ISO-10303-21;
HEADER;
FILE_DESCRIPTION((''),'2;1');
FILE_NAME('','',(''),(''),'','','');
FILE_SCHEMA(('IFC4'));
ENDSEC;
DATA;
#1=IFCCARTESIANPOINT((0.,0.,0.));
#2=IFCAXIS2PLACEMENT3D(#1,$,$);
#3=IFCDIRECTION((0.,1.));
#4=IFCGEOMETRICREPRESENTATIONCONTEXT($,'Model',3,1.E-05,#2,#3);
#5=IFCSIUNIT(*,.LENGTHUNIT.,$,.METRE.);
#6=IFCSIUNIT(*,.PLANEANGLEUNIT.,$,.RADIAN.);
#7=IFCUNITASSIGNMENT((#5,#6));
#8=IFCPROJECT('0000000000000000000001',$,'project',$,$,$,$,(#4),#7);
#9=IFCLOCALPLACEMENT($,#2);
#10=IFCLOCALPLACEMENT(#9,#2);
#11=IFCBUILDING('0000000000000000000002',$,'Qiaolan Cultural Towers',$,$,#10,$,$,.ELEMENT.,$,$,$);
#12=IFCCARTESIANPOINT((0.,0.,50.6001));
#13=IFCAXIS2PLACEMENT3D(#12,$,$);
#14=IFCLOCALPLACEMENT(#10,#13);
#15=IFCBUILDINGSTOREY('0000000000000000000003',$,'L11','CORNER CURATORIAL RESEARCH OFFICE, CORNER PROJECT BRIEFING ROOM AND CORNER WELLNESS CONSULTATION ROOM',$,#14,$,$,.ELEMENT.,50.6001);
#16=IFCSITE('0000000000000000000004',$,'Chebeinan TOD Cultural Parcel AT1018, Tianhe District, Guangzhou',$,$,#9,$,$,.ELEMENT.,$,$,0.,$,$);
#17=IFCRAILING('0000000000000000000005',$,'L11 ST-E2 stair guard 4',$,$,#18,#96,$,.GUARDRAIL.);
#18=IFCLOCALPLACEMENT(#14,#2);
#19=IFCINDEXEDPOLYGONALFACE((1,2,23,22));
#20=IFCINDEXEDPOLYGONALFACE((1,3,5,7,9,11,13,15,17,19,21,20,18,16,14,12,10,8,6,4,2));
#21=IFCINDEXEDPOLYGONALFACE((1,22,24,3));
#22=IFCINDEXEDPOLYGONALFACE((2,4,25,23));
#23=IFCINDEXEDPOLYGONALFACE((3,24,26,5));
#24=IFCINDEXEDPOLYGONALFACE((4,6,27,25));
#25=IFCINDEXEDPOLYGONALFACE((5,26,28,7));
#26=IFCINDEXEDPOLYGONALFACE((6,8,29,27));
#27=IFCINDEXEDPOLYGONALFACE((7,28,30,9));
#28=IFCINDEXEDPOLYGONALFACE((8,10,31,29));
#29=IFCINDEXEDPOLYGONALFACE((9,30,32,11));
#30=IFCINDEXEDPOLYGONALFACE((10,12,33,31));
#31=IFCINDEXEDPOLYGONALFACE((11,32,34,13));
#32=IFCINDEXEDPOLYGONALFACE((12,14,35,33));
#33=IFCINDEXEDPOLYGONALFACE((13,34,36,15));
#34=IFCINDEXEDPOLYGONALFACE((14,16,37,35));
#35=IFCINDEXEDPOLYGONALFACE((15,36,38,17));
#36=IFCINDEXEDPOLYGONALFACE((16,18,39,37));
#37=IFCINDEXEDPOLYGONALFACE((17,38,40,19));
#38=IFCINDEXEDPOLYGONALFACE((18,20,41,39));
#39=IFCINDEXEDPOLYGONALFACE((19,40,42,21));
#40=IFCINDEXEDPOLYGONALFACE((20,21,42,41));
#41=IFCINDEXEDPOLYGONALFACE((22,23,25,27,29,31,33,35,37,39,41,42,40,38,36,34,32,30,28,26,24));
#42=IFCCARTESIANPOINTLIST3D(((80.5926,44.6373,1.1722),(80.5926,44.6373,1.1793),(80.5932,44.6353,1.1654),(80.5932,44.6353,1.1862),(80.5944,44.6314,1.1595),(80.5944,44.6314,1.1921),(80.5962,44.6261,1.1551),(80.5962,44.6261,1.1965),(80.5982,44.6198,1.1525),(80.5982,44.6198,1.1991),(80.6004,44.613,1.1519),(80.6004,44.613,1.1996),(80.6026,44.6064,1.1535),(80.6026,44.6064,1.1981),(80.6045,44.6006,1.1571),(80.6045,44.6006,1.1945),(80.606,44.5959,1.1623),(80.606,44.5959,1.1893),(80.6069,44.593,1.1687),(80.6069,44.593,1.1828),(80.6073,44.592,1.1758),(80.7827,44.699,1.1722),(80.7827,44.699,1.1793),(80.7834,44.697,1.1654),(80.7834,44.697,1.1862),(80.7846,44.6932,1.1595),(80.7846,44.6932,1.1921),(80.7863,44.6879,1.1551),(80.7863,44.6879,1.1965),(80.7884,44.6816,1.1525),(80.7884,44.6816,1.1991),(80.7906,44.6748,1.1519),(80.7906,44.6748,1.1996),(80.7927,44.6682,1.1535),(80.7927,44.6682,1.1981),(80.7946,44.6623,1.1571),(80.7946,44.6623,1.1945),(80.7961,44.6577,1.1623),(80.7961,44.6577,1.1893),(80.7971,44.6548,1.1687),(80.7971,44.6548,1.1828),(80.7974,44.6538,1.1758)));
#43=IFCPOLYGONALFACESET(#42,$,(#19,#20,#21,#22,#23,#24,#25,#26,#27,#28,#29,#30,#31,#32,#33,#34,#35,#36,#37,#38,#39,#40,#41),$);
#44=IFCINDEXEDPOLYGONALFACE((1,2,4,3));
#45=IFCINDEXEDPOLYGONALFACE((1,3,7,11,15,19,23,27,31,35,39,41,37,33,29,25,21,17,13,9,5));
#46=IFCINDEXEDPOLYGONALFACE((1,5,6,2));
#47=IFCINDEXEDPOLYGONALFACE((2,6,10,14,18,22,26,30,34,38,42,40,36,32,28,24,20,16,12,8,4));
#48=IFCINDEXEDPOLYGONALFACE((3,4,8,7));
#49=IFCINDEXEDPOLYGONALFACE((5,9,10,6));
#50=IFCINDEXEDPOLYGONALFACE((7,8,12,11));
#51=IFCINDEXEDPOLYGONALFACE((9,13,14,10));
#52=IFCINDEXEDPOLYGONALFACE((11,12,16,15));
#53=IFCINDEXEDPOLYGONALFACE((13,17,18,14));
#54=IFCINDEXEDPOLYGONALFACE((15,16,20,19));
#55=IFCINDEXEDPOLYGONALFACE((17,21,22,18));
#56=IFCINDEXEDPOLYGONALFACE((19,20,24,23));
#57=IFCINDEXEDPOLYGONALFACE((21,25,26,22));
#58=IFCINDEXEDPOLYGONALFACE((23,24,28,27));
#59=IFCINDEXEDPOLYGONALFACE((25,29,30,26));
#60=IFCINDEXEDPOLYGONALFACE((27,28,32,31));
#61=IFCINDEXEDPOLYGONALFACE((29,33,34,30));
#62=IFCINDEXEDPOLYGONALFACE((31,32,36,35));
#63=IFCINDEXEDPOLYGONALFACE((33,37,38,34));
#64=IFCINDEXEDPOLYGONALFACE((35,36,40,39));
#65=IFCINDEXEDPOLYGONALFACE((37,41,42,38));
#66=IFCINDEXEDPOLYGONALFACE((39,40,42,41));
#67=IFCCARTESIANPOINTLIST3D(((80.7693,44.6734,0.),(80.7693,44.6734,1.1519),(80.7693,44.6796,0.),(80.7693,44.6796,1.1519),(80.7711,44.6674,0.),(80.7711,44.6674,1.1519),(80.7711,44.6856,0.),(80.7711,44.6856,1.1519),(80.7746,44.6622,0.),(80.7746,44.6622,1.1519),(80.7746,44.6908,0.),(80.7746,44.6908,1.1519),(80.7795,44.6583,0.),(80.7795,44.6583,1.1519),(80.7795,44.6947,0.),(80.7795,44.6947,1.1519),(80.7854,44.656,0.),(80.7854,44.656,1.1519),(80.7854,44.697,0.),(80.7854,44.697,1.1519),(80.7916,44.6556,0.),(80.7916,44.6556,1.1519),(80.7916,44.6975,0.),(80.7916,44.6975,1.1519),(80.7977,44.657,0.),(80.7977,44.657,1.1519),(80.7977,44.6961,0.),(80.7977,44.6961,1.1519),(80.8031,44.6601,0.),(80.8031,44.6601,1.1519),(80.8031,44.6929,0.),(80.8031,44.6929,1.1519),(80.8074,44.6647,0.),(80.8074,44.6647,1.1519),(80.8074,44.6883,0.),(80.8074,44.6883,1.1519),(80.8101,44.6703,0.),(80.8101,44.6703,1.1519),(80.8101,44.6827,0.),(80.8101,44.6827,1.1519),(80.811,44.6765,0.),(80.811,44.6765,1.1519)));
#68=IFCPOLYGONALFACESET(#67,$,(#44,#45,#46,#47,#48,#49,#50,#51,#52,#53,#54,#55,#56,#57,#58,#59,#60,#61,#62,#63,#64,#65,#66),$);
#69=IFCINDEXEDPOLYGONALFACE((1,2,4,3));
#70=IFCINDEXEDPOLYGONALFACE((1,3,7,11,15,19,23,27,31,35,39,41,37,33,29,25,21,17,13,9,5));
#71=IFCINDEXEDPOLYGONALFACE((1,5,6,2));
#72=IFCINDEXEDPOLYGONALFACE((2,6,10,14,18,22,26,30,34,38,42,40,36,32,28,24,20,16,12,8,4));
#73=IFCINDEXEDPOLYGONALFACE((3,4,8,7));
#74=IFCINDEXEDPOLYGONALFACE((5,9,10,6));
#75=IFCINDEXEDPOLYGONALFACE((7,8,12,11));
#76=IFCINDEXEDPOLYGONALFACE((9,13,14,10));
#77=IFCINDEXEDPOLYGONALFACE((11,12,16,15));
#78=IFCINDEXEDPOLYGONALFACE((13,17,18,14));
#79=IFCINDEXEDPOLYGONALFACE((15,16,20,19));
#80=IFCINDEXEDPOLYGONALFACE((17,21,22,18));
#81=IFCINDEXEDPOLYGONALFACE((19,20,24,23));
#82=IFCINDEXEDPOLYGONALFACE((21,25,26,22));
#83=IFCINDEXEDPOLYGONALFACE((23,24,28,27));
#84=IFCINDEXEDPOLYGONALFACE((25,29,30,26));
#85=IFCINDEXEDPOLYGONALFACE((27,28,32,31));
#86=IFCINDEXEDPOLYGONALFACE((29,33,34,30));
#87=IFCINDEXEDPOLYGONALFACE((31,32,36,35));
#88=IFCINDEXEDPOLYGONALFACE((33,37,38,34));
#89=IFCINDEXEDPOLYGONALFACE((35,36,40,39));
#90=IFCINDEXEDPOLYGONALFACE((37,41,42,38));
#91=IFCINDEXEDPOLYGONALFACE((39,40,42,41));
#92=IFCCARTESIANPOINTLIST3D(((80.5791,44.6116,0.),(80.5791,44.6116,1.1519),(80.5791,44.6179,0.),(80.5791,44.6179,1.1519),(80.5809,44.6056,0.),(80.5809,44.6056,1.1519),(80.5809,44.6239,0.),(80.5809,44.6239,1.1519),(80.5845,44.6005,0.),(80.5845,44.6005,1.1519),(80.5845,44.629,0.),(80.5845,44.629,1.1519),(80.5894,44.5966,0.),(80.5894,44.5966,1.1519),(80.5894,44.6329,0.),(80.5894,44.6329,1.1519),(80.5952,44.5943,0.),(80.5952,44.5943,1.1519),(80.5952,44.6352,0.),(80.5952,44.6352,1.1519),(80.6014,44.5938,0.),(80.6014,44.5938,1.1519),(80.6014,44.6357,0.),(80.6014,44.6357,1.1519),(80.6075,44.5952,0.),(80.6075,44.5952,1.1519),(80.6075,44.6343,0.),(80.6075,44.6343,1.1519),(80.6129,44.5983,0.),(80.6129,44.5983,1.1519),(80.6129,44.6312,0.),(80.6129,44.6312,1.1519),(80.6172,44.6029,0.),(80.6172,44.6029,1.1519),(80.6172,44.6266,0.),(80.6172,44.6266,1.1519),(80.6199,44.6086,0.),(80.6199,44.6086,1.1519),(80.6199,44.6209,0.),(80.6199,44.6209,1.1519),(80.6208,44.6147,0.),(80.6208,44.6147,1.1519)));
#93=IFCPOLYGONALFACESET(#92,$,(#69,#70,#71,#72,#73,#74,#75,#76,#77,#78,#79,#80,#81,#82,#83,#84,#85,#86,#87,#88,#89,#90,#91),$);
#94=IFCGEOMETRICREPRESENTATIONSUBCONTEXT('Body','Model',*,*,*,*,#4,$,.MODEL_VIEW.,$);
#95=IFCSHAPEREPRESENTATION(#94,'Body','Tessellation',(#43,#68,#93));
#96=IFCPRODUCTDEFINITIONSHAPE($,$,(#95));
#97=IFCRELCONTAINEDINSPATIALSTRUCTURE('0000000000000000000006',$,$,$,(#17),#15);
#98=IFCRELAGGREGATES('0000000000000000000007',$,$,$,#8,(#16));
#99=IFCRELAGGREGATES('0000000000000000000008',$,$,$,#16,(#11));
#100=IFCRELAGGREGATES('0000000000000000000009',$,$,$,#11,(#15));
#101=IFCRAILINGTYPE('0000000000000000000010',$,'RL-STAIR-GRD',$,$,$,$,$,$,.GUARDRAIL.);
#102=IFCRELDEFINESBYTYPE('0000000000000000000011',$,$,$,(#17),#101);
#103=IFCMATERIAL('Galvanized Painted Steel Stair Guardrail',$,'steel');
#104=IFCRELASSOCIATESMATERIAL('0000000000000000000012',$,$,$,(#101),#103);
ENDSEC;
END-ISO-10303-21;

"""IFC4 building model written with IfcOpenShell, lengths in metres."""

from ifc_helpers import new_model, si_unit, direction, frame, origin, origin_2d, place, context, subcontext, project, spatial, circle, extrude, material, type_object, element, save


model = new_model("IFC4")

# Units and contexts
model_context = context("Model", 3, precision=1e-05, world=origin(), true_north=direction((0.0, 1.0)))
body_context = subcontext(model_context, "Body", "Model", "MODEL_VIEW")
ifc_project = project(units=[si_unit("LENGTHUNIT", "METRE"), si_unit("PLANEANGLEUNIT", "RADIAN")], contexts=[model_context])

# Site, building, storey
site_placement = place(None, origin())
site = spatial("IfcSite", under=ifc_project, at=site_placement, Name="Chebeinan TOD Cultural Parcel AT1018, Tianhe District, Guangzhou", CompositionType="ELEMENT", RefElevation=0.0)
building_placement = place(site_placement, origin())
building = spatial("IfcBuilding", under=site, at=building_placement, Name="Qiaolan Cultural Towers", CompositionType="ELEMENT")
storey_placement = place(building_placement, frame((0.0, 0.0, 50.6001)))
storey = spatial("IfcBuildingStorey", under=building, at=storey_placement, Name="L11", Description="CORNER CURATORIAL RESEARCH OFFICE, CORNER PROJECT BRIEFING ROOM AND CORNER WELLNESS CONSULTATION ROOM", CompositionType="ELEMENT", Elevation=50.6001)

# Railing
ifc_material_1 = material(Name="Galvanized Painted Steel Stair Guardrail", Category="steel")
railing_type_1 = type_object("IfcRailingType", Name="RL-STAIR-GRD", PredefinedType="GUARDRAIL", material=ifc_material_1)
railing_1_placement = place(storey_placement, frame((80.79, 44.6765, 0.0)))
element("IfcRailing", 1, at=railing_1_placement, inside=storey, type_object=railing_type_1, Name="L11 ST-E2 stair guard 4", PredefinedType="GUARDRAIL", context=body_context, shape_type="SweptSolid", body=[
    extrude(circle(Radius=0.0239, at=origin_2d()), frame((0.0, 0.0, 1.1758), z_axis=(-0.951097, -0.308893, 0.0), x_axis=(0.308893, -0.951097, 0.0)), (0.0, 0.0, 1.0), 0.2),
    extrude(circle(Radius=0.021, at=origin_2d()), origin(), (0.0, 0.0, 1.0), 1.1519),
    extrude(circle(Radius=0.021, at=origin_2d()), frame((-0.1902, -0.0618, 0.0)), (0.0, 0.0, 1.0), 1.1519),
])

save(model, "model.ifc")
